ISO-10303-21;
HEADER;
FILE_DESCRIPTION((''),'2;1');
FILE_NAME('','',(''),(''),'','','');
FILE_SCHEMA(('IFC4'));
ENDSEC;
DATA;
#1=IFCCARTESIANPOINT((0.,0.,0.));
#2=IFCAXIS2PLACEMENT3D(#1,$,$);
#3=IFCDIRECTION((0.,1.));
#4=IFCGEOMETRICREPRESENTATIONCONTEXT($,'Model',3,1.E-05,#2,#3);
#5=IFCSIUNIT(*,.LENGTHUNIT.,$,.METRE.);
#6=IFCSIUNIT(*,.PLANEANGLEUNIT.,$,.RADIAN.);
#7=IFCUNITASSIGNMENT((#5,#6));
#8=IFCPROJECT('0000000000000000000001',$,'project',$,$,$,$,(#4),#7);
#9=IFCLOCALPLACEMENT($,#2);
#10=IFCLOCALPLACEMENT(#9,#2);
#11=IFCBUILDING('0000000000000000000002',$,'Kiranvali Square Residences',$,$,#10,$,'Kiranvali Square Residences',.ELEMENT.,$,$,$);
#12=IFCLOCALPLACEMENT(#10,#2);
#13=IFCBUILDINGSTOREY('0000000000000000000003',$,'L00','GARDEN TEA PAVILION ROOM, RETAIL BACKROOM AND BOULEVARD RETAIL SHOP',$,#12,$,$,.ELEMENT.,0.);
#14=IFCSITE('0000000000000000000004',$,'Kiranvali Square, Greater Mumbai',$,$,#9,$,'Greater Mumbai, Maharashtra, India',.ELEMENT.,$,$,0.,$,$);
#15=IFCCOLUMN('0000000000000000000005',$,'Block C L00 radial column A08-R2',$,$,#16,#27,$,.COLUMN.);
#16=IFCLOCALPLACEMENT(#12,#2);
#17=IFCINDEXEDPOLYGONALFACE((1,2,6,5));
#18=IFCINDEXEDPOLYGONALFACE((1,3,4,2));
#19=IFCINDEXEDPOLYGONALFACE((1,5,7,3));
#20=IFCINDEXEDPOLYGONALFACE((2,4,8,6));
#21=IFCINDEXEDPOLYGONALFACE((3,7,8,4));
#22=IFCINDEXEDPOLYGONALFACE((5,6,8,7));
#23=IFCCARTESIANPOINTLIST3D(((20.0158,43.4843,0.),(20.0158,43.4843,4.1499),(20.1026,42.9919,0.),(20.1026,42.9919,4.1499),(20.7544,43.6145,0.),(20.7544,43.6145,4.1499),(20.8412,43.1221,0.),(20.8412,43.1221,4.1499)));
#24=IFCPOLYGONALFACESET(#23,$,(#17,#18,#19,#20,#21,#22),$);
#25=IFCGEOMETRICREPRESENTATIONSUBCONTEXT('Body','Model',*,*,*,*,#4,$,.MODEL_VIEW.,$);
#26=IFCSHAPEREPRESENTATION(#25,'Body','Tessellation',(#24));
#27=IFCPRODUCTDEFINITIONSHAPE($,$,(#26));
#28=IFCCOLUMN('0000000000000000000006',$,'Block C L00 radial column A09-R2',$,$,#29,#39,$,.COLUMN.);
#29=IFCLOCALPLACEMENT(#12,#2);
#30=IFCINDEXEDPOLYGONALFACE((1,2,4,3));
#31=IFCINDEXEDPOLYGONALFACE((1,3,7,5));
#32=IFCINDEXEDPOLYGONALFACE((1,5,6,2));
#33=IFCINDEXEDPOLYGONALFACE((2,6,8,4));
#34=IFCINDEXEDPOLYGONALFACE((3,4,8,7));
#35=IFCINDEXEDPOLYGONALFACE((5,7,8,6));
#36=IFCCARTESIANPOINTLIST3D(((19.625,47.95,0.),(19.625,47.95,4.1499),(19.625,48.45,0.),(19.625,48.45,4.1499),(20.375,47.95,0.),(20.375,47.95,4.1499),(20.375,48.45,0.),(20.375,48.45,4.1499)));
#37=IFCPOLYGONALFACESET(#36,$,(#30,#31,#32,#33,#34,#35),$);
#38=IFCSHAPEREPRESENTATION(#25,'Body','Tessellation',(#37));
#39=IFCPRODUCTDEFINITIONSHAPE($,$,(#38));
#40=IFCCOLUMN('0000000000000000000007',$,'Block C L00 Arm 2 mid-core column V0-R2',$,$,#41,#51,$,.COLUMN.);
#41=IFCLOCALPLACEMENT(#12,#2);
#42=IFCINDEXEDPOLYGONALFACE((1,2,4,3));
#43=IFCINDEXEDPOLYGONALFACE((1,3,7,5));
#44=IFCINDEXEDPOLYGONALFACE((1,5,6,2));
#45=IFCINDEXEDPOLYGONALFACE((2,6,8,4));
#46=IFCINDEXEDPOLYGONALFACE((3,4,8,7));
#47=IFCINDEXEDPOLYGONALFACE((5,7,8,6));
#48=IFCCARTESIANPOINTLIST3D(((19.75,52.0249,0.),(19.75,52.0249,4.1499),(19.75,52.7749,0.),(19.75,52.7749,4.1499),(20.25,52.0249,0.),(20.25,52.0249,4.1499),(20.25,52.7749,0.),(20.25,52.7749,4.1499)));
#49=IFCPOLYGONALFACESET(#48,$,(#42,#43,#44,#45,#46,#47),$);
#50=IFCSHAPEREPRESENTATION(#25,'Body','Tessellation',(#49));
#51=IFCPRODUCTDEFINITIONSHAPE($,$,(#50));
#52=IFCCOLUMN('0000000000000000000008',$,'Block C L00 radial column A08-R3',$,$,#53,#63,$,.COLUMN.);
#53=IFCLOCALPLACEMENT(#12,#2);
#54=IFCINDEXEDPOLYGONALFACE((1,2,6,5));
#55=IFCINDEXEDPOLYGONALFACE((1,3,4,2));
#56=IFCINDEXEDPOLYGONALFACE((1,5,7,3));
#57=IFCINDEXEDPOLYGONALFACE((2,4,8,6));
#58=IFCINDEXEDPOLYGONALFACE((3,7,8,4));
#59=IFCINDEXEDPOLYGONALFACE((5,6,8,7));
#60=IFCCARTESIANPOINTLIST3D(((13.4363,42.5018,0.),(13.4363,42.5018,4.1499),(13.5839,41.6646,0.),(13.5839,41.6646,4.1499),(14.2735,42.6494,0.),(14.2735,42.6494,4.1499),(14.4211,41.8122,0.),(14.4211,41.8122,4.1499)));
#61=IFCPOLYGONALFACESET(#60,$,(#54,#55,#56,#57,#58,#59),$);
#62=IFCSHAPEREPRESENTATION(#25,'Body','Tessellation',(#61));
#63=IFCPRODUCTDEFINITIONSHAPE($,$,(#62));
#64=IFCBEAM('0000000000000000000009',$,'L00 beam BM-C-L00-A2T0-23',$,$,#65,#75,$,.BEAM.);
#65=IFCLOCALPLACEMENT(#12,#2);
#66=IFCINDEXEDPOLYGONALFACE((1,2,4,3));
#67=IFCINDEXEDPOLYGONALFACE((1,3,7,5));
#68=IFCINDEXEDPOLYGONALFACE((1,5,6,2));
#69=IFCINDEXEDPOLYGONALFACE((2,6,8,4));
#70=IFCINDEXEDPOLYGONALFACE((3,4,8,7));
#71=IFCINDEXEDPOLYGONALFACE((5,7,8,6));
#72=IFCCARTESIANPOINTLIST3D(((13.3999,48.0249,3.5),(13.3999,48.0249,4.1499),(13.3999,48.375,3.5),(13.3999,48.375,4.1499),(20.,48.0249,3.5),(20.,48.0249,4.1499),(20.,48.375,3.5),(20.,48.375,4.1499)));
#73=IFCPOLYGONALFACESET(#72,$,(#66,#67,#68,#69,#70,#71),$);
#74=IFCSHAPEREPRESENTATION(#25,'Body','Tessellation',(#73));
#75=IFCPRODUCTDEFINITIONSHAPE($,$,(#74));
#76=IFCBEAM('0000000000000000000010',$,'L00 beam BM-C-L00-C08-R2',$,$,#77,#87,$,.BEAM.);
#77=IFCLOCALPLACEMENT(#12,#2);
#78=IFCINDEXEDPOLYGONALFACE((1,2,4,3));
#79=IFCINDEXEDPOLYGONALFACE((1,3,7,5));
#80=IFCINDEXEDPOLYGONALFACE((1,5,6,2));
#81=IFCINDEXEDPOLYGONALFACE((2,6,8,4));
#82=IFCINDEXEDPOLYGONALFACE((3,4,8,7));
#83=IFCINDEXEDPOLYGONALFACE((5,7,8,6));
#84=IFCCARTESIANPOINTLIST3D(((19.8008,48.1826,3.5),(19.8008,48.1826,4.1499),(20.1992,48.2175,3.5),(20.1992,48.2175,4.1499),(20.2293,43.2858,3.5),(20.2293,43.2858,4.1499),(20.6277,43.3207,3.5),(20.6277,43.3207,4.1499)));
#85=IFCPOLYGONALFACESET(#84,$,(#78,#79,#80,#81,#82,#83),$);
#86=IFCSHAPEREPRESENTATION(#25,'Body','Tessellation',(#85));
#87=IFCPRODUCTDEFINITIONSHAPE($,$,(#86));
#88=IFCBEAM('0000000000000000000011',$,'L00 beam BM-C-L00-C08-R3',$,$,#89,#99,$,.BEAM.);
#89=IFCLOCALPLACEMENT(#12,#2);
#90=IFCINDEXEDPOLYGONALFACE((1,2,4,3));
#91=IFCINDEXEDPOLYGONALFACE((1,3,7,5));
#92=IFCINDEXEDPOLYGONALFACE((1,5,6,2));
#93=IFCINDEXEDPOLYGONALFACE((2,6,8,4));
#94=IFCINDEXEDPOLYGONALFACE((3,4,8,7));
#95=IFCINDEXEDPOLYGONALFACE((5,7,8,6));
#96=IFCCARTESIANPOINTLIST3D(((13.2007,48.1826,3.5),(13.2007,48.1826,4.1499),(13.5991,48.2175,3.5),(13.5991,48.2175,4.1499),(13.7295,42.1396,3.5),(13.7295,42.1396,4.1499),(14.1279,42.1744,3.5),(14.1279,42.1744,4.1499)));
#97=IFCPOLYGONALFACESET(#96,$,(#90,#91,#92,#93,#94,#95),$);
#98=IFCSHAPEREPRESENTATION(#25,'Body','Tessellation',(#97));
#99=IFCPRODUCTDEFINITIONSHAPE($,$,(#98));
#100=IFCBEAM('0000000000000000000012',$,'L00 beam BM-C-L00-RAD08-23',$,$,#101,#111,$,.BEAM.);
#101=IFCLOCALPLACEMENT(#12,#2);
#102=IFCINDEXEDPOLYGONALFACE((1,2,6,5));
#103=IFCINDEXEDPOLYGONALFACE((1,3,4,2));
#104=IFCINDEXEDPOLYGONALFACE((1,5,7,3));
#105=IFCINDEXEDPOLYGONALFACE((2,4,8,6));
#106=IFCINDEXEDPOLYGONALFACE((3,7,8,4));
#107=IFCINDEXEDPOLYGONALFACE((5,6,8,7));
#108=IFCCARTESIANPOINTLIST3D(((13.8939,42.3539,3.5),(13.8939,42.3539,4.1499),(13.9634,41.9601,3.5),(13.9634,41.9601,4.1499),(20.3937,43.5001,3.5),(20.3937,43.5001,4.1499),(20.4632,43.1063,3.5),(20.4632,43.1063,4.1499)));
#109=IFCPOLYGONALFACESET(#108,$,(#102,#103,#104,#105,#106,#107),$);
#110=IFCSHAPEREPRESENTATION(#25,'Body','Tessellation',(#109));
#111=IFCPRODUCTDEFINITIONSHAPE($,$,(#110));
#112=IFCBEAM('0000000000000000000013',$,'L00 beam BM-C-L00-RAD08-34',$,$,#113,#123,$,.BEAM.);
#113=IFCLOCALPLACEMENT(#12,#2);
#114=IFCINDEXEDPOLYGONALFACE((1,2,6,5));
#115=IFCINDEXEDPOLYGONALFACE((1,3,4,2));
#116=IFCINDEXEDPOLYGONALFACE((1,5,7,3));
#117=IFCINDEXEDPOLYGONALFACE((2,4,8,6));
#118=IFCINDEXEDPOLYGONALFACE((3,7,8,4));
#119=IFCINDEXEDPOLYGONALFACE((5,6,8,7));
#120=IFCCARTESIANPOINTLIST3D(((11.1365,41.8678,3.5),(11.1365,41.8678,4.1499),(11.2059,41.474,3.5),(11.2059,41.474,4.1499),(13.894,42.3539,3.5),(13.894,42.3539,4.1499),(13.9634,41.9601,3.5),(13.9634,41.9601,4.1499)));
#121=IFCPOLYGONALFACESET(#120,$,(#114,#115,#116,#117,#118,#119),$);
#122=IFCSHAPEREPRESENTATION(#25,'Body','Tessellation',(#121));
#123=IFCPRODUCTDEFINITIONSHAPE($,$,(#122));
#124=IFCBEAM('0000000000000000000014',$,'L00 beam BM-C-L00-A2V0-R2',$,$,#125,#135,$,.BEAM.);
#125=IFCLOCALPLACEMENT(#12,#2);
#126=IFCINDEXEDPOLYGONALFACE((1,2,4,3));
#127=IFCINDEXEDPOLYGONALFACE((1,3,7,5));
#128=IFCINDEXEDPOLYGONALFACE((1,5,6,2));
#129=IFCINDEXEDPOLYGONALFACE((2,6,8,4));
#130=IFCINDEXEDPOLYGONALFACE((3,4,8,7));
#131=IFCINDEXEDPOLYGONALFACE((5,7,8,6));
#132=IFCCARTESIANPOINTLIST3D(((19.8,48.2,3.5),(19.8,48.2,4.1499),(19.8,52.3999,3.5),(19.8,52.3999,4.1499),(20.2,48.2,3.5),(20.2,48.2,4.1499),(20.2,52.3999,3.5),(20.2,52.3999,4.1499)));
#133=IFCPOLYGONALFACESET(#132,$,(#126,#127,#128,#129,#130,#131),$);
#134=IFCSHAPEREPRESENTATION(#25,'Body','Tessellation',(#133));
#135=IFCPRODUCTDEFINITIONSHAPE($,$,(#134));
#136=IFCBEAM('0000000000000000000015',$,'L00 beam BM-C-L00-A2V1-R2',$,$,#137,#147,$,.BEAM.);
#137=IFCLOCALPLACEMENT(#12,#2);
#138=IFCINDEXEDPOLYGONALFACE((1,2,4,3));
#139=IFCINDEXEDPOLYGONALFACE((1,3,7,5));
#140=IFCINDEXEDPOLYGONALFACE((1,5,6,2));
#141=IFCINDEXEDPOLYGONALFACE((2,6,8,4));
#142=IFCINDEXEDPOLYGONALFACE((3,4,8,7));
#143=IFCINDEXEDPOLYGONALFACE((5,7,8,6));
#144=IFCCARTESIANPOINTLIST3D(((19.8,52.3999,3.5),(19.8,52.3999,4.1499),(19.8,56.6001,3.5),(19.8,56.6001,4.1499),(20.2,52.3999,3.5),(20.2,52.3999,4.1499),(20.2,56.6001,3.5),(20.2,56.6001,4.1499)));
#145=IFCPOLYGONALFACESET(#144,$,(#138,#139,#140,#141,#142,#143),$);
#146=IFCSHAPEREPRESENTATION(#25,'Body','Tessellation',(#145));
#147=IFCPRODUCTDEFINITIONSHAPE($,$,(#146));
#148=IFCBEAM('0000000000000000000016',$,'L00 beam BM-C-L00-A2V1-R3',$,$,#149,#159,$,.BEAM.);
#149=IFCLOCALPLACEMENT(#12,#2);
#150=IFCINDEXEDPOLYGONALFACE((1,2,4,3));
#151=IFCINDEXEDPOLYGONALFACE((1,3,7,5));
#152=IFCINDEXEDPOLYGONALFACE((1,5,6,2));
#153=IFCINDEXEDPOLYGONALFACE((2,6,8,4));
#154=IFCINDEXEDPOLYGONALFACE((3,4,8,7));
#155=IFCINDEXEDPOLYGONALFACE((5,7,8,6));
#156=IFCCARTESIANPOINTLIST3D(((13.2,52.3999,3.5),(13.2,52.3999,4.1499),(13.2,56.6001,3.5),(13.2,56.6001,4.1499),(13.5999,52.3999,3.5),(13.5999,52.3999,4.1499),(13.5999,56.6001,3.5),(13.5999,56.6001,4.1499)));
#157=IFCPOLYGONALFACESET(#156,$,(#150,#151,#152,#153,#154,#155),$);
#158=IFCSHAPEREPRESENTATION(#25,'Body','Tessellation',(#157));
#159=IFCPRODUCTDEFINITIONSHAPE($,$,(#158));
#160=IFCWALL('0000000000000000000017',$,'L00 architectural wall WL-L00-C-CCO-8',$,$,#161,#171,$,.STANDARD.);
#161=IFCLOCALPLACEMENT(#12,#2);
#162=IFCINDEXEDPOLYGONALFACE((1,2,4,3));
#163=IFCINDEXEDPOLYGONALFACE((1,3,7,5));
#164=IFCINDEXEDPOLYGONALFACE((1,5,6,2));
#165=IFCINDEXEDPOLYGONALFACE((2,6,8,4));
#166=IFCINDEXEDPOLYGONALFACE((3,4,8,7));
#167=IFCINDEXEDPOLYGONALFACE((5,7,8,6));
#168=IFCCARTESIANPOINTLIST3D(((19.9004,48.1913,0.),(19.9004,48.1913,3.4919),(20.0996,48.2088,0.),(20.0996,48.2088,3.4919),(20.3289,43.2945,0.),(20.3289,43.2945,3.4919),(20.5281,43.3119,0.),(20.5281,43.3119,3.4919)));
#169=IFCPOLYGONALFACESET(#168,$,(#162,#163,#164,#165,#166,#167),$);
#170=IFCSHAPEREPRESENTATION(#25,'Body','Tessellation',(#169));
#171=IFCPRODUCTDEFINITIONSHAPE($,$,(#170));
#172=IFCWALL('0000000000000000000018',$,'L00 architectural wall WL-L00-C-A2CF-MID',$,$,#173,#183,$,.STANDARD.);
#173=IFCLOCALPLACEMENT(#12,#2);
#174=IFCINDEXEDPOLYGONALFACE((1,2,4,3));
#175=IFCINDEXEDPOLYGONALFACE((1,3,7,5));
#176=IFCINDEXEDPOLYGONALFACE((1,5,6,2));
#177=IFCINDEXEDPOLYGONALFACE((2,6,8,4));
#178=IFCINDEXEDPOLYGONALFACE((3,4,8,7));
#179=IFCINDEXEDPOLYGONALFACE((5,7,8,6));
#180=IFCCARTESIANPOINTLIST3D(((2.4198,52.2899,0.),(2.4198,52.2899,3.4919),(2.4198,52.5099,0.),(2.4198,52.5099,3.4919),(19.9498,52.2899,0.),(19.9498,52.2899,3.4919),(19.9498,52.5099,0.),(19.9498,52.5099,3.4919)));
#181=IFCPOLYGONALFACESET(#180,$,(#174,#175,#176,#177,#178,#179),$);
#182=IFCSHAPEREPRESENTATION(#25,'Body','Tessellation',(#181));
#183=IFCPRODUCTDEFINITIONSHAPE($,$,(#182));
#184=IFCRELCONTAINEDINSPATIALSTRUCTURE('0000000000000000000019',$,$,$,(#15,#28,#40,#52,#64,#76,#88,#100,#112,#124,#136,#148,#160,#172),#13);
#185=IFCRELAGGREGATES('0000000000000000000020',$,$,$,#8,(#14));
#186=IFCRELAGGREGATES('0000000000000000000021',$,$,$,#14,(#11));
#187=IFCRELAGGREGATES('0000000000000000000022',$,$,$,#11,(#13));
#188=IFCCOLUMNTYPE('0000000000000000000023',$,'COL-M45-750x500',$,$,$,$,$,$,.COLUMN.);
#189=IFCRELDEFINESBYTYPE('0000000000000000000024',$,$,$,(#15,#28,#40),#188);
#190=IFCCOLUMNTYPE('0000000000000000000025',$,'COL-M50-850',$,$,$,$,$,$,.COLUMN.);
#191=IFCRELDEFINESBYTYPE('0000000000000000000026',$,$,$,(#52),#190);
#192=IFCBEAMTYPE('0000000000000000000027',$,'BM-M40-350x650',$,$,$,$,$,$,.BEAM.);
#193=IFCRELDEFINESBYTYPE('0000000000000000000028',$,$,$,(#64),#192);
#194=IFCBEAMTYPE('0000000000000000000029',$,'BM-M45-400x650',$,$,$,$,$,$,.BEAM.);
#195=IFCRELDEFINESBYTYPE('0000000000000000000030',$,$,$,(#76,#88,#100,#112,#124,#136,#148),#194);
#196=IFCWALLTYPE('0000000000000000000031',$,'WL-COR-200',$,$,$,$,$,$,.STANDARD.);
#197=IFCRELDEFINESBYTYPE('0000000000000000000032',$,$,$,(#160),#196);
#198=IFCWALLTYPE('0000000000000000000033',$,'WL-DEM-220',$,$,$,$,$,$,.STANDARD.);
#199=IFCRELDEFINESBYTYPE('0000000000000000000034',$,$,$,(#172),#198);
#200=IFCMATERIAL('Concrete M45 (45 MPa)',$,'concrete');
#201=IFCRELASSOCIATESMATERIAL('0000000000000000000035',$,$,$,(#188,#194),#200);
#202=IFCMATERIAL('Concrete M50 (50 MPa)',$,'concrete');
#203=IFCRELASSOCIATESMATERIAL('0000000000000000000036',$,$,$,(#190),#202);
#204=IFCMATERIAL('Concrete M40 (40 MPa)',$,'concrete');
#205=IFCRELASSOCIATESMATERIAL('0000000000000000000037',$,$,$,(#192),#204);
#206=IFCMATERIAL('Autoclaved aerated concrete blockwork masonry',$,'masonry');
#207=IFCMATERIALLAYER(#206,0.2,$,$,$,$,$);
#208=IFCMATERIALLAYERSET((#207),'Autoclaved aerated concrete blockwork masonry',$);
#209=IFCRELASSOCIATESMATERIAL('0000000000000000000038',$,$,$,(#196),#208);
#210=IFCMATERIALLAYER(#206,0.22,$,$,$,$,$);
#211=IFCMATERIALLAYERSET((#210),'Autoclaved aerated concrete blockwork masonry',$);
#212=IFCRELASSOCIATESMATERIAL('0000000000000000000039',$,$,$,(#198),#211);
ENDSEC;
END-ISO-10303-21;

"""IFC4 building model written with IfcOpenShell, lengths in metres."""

from ifc_helpers import new_model, si_unit, direction, frame, frame_2d, origin, origin_2d, place, context, subcontext, project, spatial, rectangle, extrude, material, layer, layer_set, material_profile, profile_set, type_object, element, save


model = new_model("IFC4")

# Units and contexts
model_context = context("Model", 3, precision=1e-05, world=origin(), true_north=direction((0.0, 1.0)))
body_context = subcontext(model_context, "Body", "Model", "MODEL_VIEW")
ifc_project = project(units=[si_unit("LENGTHUNIT", "METRE"), si_unit("PLANEANGLEUNIT", "RADIAN")], contexts=[model_context])

# Site, building, storey
site_placement = place(None, origin())
site = spatial("IfcSite", under=ifc_project, at=site_placement, Name="Kiranvali Square, Greater Mumbai", LongName="Greater Mumbai, Maharashtra, India", CompositionType="ELEMENT", RefElevation=0.0)
building_placement = place(site_placement, origin())
building = spatial("IfcBuilding", under=site, at=building_placement, Name="Kiranvali Square Residences", LongName="Kiranvali Square Residences", CompositionType="ELEMENT")
storey_placement = place(building_placement, origin())
storey = spatial("IfcBuildingStorey", under=building, at=storey_placement, Name="L00", Description="GARDEN TEA PAVILION ROOM, RETAIL BACKROOM AND BOULEVARD RETAIL SHOP", CompositionType="ELEMENT", Elevation=0.0)

# Columns
ifc_material_1 = material(Name="Concrete M45 (45 MPa)", Category="concrete")
ifc_material_profile_1 = material_profile(ifc_material_1, rectangle(XDim=0.5, YDim=0.75, at=origin_2d()), Name="RC 750x500")
ifc_profile_set_1 = profile_set([ifc_material_profile_1], Name="Concrete M45 (45 MPa)")
column_type_1 = type_object("IfcColumnType", Name="COL-M45-750x500", PredefinedType="COLUMN", material=ifc_profile_set_1)
for number, where, z_axis, x_axis, name in (
    (1, (20.4285, 43.3032, 0.0), (0.0, 0.0, 1.0), (-0.173648, 0.984808, 0.0), "Block C L00 radial column A08-R2"),
    (2, (20.0, 48.2, 0.0), (0.0, 0.0, 1.0), (0.0, 1.0, 0.0), "Block C L00 radial column A09-R2"),
    (3, (20.0, 52.3999, 0.0), (0.0, 0.0, 1.0), (1.0, 0.0, 0.0), "Block C L00 Arm 2 mid-core column V0-R2"),
):
    element("IfcColumn", number, at=place(storey_placement, frame(where, z_axis=z_axis, x_axis=x_axis)), inside=storey, type_object=column_type_1, Name=name, PredefinedType="COLUMN", context=body_context, shape_type="SweptSolid", body=[
        extrude(rectangle(XDim=0.5, YDim=0.75, at=origin_2d()), origin(), (0.0, 0.0, 1.0), 4.1499),
    ])
ifc_material_2 = material(Name="Concrete M50 (50 MPa)", Category="concrete")
ifc_material_profile_2 = material_profile(ifc_material_2, rectangle(XDim=0.8501, YDim=0.8501, at=origin_2d()), Name="RC 850x850")
ifc_profile_set_2 = profile_set([ifc_material_profile_2], Name="Concrete M50 (50 MPa)")
column_type_2 = type_object("IfcColumnType", Name="COL-M50-850", PredefinedType="COLUMN", material=ifc_profile_set_2)
column_placement = place(storey_placement, frame((13.9287, 42.157, 0.0), z_axis=(0.0, 0.0, 1.0), x_axis=(-0.173648, 0.984808, 0.0)))
element("IfcColumn", 4, at=column_placement, inside=storey, type_object=column_type_2, Name="Block C L00 radial column A08-R3", PredefinedType="COLUMN", context=body_context, shape_type="SweptSolid", body=[
    extrude(rectangle(XDim=0.8501, YDim=0.8501, at=origin_2d()), origin(), (0.0, 0.0, 1.0), 4.1499),
])

# Beams
ifc_material_3 = material(Name="Concrete M40 (40 MPa)", Category="concrete")
ifc_material_profile_3 = material_profile(ifc_material_3, rectangle(XDim=0.3501, YDim=0.6499, at=origin_2d()), Name="RC 350x650")
ifc_profile_set_3 = profile_set([ifc_material_profile_3], Name="Concrete M40 (40 MPa)")
beam_type_1 = type_object("IfcBeamType", Name="BM-M40-350x650", PredefinedType="BEAM", material=ifc_profile_set_3)
beam_1_placement = place(storey_placement, frame((20.0, 48.2, 3.825), z_axis=(-1.0, 0.0, 0.0), x_axis=(0.0, -1.0, 0.0)))
element("IfcBeam", 5, at=beam_1_placement, inside=storey, type_object=beam_type_1, Name="L00 beam BM-C-L00-A2T0-23", PredefinedType="BEAM", context=body_context, shape_type="SweptSolid", body=[
    extrude(rectangle(XDim=0.3501, YDim=0.6499, at=origin_2d()), origin(), (0.0, 0.0, 1.0), 6.6001),
])
ifc_material_profile_4 = material_profile(ifc_material_1, rectangle(XDim=0.3999, YDim=0.6499, at=origin_2d()), Name="RC 400x650")
ifc_profile_set_4 = profile_set([ifc_material_profile_4], Name="Concrete M45 (45 MPa)")
beam_type_2 = type_object("IfcBeamType", Name="BM-M45-400x650", PredefinedType="BEAM", material=ifc_profile_set_4)
beam_2_placement = place(storey_placement, frame((20.4285, 43.3032, 3.825), z_axis=(-0.087168, 0.996194, 0.0), x_axis=(-0.996194, -0.087168, 0.0)))
element("IfcBeam", 6, at=beam_2_placement, inside=storey, type_object=beam_type_2, Name="L00 beam BM-C-L00-C08-R2", PredefinedType="BEAM", context=body_context, shape_type="SweptSolid", body=[
    extrude(rectangle(XDim=0.3999, YDim=0.6499, at=origin_2d()), origin(), (0.0, 0.0, 1.0), 4.9155),
])
beam_3_placement = place(storey_placement, frame((13.9287, 42.157, 3.825), z_axis=(-0.087175, 0.996193, 0.0), x_axis=(-0.996193, -0.087175, 0.0)))
element("IfcBeam", 7, at=beam_3_placement, inside=storey, type_object=beam_type_2, Name="L00 beam BM-C-L00-C08-R3", PredefinedType="BEAM", context=body_context, shape_type="SweptSolid", body=[
    extrude(rectangle(XDim=0.3999, YDim=0.6499, at=origin_2d()), origin(), (0.0, 0.0, 1.0), 6.0662),
])
beam_4_placement = place(storey_placement, frame((20.4285, 43.3032, 3.825), z_axis=(-0.984804, -0.173671, 0.0), x_axis=(0.173671, -0.984804, 0.0)))
element("IfcBeam", 8, at=beam_4_placement, inside=storey, type_object=beam_type_2, Name="L00 beam BM-C-L00-RAD08-23", PredefinedType="BEAM", context=body_context, shape_type="SweptSolid", body=[
    extrude(rectangle(XDim=0.3999, YDim=0.6499, at=origin_2d()), origin(), (0.0, 0.0, 1.0), 6.6001),
])
beam_5_placement = place(storey_placement, frame((13.9287, 42.157, 3.825), z_axis=(-0.984817, -0.173596, 0.0), x_axis=(0.173596, -0.984817, 0.0)))
element("IfcBeam", 9, at=beam_5_placement, inside=storey, type_object=beam_type_2, Name="L00 beam BM-C-L00-RAD08-34", PredefinedType="BEAM", context=body_context, shape_type="SweptSolid", body=[
    extrude(rectangle(XDim=0.3999, YDim=0.6499, at=origin_2d()), origin(), (0.0, 0.0, 1.0), 2.8),
])
beam_6_placement = place(storey_placement, frame((20.0, 48.2, 3.825), z_axis=(0.0, 1.0, 0.0), x_axis=(-1.0, 0.0, 0.0)))
element("IfcBeam", 10, at=beam_6_placement, inside=storey, type_object=beam_type_2, Name="L00 beam BM-C-L00-A2V0-R2", PredefinedType="BEAM", context=body_context, shape_type="SweptSolid", body=[
    extrude(rectangle(XDim=0.3999, YDim=0.6499, at=origin_2d()), origin(), (0.0, 0.0, 1.0), 4.2),
])
for number, where, z_axis, x_axis, name in (
    (11, (20.0, 52.3999, 3.825), (0.0, 1.0, 0.0), (-1.0, 0.0, 0.0), "L00 beam BM-C-L00-A2V1-R2"),
    (12, (13.3999, 52.3999, 3.825), (0.0, 1.0, 0.0), (-1.0, 0.0, 0.0), "L00 beam BM-C-L00-A2V1-R3"),
):
    element("IfcBeam", number, at=place(storey_placement, frame(where, z_axis=z_axis, x_axis=x_axis)), inside=storey, type_object=beam_type_2, Name=name, PredefinedType="BEAM", context=body_context, shape_type="SweptSolid", body=[
        extrude(rectangle(XDim=0.3999, YDim=0.6499, at=origin_2d()), origin(), (0.0, 0.0, 1.0), 4.2002),
    ])

# Wall
ifc_material_4 = material(Name="Autoclaved aerated concrete blockwork masonry", Category="masonry")
ifc_layer_1 = layer(ifc_material_4, 0.2)
ifc_layer_set_1 = layer_set([ifc_layer_1], Name="Autoclaved aerated concrete blockwork masonry")
wall_type_1 = type_object("IfcWallType", Name="WL-COR-200", PredefinedType="STANDARD", material=ifc_layer_set_1)
wall_1_placement = place(storey_placement, frame((20.4285, 43.3032, 0.0), z_axis=(0.0, 0.0, 1.0), x_axis=(-0.087168, 0.996194, 0.0)))
element("IfcWall", 13, at=wall_1_placement, inside=storey, type_object=wall_type_1, Name="L00 architectural wall WL-L00-C-CCO-8", PredefinedType="STANDARD", context=body_context, shape_type="SweptSolid", body=[
    extrude(rectangle(XDim=4.9155, YDim=0.2, at=frame_2d((2.4578, 0.0))), origin(), (0.0, 0.0, 1.0), 3.4919),
])

# Wall
ifc_layer_2 = layer(ifc_material_4, 0.22)
ifc_layer_set_2 = layer_set([ifc_layer_2], Name="Autoclaved aerated concrete blockwork masonry")
wall_type_2 = type_object("IfcWallType", Name="WL-DEM-220", PredefinedType="STANDARD", material=ifc_layer_set_2)
wall_2_placement = place(storey_placement, frame((19.95, 52.3999, 0.0), z_axis=(0.0, 0.0, 1.0), x_axis=(-1.0, 0.0, 0.0)))
element("IfcWall", 14, at=wall_2_placement, inside=storey, type_object=wall_type_2, Name="L00 architectural wall WL-L00-C-A2CF-MID", PredefinedType="STANDARD", context=body_context, shape_type="SweptSolid", body=[
    extrude(rectangle(XDim=17.53, YDim=0.22, at=frame_2d((8.7651, 0.0))), origin(), (0.0, 0.0, 1.0), 3.4919),
])

save(model, "model.ifc")
